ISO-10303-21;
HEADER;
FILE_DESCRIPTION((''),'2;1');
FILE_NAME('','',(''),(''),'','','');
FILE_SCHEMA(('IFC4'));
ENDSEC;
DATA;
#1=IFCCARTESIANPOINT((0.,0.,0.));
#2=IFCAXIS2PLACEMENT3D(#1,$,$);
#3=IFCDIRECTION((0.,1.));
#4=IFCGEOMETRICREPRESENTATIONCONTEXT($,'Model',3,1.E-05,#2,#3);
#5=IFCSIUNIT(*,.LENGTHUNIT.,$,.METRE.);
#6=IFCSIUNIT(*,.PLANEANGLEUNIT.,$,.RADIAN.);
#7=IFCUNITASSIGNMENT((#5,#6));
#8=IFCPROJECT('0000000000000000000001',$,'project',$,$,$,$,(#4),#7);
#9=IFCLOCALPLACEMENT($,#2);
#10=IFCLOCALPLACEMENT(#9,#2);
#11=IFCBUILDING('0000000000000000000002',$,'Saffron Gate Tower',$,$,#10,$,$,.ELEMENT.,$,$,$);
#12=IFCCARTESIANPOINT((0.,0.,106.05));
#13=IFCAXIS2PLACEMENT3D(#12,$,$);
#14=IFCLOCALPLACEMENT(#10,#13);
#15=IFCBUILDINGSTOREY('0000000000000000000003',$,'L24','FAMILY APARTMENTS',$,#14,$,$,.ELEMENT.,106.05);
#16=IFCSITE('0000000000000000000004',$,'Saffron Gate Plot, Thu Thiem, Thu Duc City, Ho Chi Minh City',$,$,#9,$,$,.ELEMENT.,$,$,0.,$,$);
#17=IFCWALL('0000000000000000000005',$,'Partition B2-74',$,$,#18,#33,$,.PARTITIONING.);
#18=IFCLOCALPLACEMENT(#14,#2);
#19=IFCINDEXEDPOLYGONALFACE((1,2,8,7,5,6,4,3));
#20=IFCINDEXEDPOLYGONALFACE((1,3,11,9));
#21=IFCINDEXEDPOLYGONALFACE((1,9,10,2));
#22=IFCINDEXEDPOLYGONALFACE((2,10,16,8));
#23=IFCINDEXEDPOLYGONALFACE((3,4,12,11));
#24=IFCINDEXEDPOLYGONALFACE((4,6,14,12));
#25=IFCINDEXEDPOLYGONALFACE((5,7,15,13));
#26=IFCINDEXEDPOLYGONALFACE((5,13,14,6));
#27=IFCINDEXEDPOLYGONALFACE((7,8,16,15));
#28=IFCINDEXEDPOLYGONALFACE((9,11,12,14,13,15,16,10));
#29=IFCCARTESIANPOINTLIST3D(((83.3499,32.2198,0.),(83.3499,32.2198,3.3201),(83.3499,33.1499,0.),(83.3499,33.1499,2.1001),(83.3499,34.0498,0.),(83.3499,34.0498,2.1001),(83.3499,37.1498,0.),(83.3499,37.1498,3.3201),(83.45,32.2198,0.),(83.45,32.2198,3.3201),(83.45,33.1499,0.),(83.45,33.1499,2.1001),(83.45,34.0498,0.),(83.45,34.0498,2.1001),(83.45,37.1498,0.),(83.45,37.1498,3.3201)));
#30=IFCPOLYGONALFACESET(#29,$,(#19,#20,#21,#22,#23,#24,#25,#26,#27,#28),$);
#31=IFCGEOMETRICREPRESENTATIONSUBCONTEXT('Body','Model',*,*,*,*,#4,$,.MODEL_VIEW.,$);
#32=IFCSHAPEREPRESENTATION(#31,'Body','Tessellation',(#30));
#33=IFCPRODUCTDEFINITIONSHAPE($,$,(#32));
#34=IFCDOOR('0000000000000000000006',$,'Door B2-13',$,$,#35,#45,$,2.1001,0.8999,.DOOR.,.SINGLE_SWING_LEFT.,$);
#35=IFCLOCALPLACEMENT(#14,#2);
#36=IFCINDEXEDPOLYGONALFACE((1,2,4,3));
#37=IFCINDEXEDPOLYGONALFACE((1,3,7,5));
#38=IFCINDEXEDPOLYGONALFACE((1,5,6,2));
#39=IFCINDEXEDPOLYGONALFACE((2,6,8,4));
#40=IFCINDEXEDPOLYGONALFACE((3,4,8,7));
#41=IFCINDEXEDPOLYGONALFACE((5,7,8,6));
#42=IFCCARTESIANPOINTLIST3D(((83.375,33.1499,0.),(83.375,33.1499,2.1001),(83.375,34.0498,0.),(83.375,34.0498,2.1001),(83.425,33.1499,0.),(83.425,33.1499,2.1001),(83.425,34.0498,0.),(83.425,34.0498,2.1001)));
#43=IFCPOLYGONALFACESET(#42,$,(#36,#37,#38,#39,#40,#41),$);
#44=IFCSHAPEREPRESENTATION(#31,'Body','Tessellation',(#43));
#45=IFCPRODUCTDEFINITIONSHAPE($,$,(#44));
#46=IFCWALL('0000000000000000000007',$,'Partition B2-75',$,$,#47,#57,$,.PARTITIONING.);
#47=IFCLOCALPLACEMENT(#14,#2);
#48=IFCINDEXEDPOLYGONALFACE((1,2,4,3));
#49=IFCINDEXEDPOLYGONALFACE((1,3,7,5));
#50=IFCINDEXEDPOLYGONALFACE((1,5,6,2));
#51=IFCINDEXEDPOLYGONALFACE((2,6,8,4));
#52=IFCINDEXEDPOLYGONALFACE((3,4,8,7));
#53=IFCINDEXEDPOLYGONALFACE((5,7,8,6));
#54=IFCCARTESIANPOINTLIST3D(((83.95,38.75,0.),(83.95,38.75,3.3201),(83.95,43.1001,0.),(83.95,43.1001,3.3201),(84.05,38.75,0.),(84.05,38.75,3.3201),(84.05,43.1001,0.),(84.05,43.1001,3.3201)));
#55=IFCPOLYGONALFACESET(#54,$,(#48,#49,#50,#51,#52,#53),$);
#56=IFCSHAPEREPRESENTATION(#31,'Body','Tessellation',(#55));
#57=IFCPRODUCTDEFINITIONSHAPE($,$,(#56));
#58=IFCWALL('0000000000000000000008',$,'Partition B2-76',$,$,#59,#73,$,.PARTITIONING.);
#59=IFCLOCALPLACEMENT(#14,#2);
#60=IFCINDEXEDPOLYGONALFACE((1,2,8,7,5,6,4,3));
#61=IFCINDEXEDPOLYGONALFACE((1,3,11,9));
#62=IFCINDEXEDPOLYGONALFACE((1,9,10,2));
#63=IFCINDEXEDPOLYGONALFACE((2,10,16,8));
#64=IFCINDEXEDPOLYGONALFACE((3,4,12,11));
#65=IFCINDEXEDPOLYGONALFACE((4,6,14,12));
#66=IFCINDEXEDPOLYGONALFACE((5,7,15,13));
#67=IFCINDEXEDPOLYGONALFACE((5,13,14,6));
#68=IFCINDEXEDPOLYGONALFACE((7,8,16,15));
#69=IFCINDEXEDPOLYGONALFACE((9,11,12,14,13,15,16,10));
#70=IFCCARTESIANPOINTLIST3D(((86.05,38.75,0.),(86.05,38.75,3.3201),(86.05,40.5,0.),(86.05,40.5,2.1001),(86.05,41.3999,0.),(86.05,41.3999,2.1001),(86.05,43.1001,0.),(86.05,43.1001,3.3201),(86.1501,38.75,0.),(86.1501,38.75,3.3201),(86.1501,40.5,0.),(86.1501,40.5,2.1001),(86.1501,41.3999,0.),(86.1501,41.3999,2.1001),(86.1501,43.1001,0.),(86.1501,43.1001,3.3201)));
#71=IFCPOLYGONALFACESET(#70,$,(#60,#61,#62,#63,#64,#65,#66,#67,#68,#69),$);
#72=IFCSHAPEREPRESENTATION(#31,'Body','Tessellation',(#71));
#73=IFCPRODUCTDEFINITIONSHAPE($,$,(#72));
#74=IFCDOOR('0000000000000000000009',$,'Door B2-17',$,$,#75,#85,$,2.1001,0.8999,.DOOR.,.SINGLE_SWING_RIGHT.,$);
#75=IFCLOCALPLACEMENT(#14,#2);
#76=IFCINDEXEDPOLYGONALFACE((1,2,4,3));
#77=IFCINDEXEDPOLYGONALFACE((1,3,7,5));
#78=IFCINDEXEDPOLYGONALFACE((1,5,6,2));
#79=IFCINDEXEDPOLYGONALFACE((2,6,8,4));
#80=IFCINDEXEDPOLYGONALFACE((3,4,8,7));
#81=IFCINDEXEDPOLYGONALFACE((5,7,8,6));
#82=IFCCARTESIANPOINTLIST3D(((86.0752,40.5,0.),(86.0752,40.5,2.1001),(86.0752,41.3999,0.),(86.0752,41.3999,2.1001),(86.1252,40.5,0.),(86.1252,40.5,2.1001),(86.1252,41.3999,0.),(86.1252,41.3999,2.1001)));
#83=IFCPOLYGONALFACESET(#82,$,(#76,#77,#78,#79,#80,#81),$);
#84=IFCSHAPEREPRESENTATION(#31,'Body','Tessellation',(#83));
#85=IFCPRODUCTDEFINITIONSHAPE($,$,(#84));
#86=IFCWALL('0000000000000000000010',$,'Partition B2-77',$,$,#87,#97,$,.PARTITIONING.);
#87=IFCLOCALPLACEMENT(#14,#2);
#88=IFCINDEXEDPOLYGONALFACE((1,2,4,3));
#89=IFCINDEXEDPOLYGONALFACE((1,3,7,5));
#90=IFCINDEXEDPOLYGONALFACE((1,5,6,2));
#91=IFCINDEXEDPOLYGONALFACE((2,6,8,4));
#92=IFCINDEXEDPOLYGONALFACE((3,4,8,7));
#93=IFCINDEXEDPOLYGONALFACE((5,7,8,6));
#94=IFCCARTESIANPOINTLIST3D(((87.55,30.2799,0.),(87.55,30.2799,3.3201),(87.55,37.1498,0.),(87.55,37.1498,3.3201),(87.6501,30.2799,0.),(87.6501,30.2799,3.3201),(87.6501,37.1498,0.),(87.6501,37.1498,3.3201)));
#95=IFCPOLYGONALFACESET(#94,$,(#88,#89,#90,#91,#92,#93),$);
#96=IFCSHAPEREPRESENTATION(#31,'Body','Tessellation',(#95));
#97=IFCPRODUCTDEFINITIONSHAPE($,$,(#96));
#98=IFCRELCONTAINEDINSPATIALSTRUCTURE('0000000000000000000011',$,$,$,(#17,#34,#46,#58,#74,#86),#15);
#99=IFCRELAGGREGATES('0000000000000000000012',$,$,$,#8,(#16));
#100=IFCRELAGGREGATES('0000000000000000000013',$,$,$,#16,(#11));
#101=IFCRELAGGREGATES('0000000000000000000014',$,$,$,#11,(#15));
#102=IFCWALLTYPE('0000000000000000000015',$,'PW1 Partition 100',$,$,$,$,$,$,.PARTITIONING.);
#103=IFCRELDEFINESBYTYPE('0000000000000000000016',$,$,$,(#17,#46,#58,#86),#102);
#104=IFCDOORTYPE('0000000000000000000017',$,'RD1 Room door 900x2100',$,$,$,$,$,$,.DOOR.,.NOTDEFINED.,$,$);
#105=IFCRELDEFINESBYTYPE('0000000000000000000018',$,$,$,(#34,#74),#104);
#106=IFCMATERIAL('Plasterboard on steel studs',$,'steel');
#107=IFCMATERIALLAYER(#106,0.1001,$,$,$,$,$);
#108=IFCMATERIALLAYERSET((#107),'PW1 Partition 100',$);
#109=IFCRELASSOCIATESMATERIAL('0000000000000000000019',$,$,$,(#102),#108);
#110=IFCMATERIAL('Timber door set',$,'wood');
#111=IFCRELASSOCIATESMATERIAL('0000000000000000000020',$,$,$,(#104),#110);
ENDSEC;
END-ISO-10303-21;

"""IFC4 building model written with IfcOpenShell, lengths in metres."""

from ifc_helpers import new_model, si_unit, direction, frame, frame_2d, origin, place, context, subcontext, project, spatial, rectangle, extrude, material, layer, layer_set, type_object, element, fill, save


model = new_model("IFC4")

# Units and contexts
model_context = context("Model", 3, precision=1e-05, world=origin(), true_north=direction((0.0, 1.0)))
body_context = subcontext(model_context, "Body", "Model", "MODEL_VIEW")
ifc_project = project(units=[si_unit("LENGTHUNIT", "METRE"), si_unit("PLANEANGLEUNIT", "RADIAN")], contexts=[model_context])

# Site, building, storey
site_placement = place(None, origin())
site = spatial("IfcSite", under=ifc_project, at=site_placement, Name="Saffron Gate Plot, Thu Thiem, Thu Duc City, Ho Chi Minh City", CompositionType="ELEMENT", RefElevation=0.0)
building_placement = place(site_placement, origin())
building = spatial("IfcBuilding", under=site, at=building_placement, Name="Saffron Gate Tower", CompositionType="ELEMENT")
storey_placement = place(building_placement, frame((0.0, 0.0, 106.05)))
storey = spatial("IfcBuildingStorey", under=building, at=storey_placement, Name="L24", Description="FAMILY APARTMENTS", CompositionType="ELEMENT", Elevation=106.05)

# Shared definitions
ifc_material_1 = material(Name="Plasterboard on steel studs", Category="steel")
ifc_layer = layer(ifc_material_1, 0.1001)
ifc_layer_set = layer_set([ifc_layer], Name="PW1 Partition 100")
wall_type = type_object("IfcWallType", Name="PW1 Partition 100", PredefinedType="PARTITIONING", material=ifc_layer_set)

# Wall, opening, door
wall_1_placement = place(storey_placement, frame((83.3999, 32.22, 0.0), z_axis=(0.0, 0.0, 1.0), x_axis=(0.0, 1.0, 0.0)))
wall_1 = element("IfcWall", 1, at=wall_1_placement, inside=storey, type_object=wall_type, Name="Partition B2-74", PredefinedType="PARTITIONING", context=body_context, shape_type="SweptSolid", body=[
    extrude(rectangle(XDim=4.9299, YDim=0.1001, at=frame_2d((2.4648, 0.0))), origin(), (0.0, 0.0, 1.0), 3.3201),
])
opening_1_placement = place(wall_1_placement, frame((0.9299, 0.0, 0.0)))
opening_1 = element("IfcOpeningElement", 2, at=opening_1_placement, cuts=wall_1, PredefinedType="OPENING", context=body_context, shape_type="SweptSolid", body=[
    extrude(rectangle(XDim=0.8999, YDim=2.1001, at=frame_2d((0.45, 1.05))), frame((0.0, 0.0601, 0.0), z_axis=(0.0, -1.0, 0.0), x_axis=(1.0, 0.0, 0.0)), (0.0, 0.0, 1.0), 0.1201),
])
ifc_material_2 = material(Name="Timber door set", Category="wood")
door_type = type_object("IfcDoorType", Name="RD1 Room door 900x2100", OperationType="NOTDEFINED", PredefinedType="DOOR", material=ifc_material_2)
door_1_placement = place(opening_1_placement, origin())
door_1 = element("IfcDoor", 3, at=door_1_placement, inside=storey, type_object=door_type, Name="Door B2-13", OperationType="SINGLE_SWING_LEFT", OverallHeight=2.1001, OverallWidth=0.8999, PredefinedType="DOOR", context=body_context, shape_type="SweptSolid", body=[
    extrude(rectangle(XDim=0.8999, YDim=2.1001, at=frame_2d((0.45, 1.05))), frame((0.0, 0.0249, 0.0), z_axis=(0.0, -1.0, 0.0), x_axis=(1.0, 0.0, 0.0)), (0.0, 0.0, 1.0), 0.05),
])
fill(opening_1, door_1)

# Wall
wall_2_placement = place(storey_placement, frame((84.0, 43.1001, 0.0), z_axis=(0.0, 0.0, 1.0), x_axis=(0.0, -1.0, 0.0)))
element("IfcWall", 4, at=wall_2_placement, inside=storey, type_object=wall_type, Name="Partition B2-75", PredefinedType="PARTITIONING", context=body_context, shape_type="SweptSolid", body=[
    extrude(rectangle(XDim=4.3501, YDim=0.1001, at=frame_2d((2.175, 0.0))), origin(), (0.0, 0.0, 1.0), 3.3201),
])

# Wall, opening, door
wall_3_placement = place(storey_placement, frame((86.1001, 38.75, 0.0), z_axis=(0.0, 0.0, 1.0), x_axis=(0.0, 1.0, 0.0)))
wall_3 = element("IfcWall", 5, at=wall_3_placement, inside=storey, type_object=wall_type, Name="Partition B2-76", PredefinedType="PARTITIONING", context=body_context, shape_type="SweptSolid", body=[
    extrude(rectangle(XDim=4.3501, YDim=0.1001, at=frame_2d((2.175, 0.0))), origin(), (0.0, 0.0, 1.0), 3.3201),
])
opening_2_placement = place(wall_3_placement, frame((1.75, 0.0, 0.0)))
opening_2 = element("IfcOpeningElement", 6, at=opening_2_placement, cuts=wall_3, PredefinedType="OPENING", context=body_context, shape_type="SweptSolid", body=[
    extrude(rectangle(XDim=0.8999, YDim=2.1001, at=frame_2d((0.45, 1.05))), frame((0.0, 0.0601, 0.0), z_axis=(0.0, -1.0, 0.0), x_axis=(1.0, 0.0, 0.0)), (0.0, 0.0, 1.0), 0.1201),
])
door_2_placement = place(opening_2_placement, origin())
door_2 = element("IfcDoor", 7, at=door_2_placement, inside=storey, type_object=door_type, Name="Door B2-17", OperationType="SINGLE_SWING_RIGHT", OverallHeight=2.1001, OverallWidth=0.8999, PredefinedType="DOOR", context=body_context, shape_type="SweptSolid", body=[
    extrude(rectangle(XDim=0.8999, YDim=2.1001, at=frame_2d((0.45, 1.05))), frame((0.0, 0.0249, 0.0), z_axis=(0.0, -1.0, 0.0), x_axis=(1.0, 0.0, 0.0)), (0.0, 0.0, 1.0), 0.05),
])
fill(opening_2, door_2)

# Wall
wall_4_placement = place(storey_placement, frame((87.6001, 37.1499, 0.0), z_axis=(0.0, 0.0, 1.0), x_axis=(0.0, -1.0, 0.0)))
element("IfcWall", 8, at=wall_4_placement, inside=storey, type_object=wall_type, Name="Partition B2-77", PredefinedType="PARTITIONING", context=body_context, shape_type="SweptSolid", body=[
    extrude(rectangle(XDim=6.8699, YDim=0.1001, at=frame_2d((3.4351, 0.0))), origin(), (0.0, 0.0, 1.0), 3.3201),
])

save(model, "model.ifc")
